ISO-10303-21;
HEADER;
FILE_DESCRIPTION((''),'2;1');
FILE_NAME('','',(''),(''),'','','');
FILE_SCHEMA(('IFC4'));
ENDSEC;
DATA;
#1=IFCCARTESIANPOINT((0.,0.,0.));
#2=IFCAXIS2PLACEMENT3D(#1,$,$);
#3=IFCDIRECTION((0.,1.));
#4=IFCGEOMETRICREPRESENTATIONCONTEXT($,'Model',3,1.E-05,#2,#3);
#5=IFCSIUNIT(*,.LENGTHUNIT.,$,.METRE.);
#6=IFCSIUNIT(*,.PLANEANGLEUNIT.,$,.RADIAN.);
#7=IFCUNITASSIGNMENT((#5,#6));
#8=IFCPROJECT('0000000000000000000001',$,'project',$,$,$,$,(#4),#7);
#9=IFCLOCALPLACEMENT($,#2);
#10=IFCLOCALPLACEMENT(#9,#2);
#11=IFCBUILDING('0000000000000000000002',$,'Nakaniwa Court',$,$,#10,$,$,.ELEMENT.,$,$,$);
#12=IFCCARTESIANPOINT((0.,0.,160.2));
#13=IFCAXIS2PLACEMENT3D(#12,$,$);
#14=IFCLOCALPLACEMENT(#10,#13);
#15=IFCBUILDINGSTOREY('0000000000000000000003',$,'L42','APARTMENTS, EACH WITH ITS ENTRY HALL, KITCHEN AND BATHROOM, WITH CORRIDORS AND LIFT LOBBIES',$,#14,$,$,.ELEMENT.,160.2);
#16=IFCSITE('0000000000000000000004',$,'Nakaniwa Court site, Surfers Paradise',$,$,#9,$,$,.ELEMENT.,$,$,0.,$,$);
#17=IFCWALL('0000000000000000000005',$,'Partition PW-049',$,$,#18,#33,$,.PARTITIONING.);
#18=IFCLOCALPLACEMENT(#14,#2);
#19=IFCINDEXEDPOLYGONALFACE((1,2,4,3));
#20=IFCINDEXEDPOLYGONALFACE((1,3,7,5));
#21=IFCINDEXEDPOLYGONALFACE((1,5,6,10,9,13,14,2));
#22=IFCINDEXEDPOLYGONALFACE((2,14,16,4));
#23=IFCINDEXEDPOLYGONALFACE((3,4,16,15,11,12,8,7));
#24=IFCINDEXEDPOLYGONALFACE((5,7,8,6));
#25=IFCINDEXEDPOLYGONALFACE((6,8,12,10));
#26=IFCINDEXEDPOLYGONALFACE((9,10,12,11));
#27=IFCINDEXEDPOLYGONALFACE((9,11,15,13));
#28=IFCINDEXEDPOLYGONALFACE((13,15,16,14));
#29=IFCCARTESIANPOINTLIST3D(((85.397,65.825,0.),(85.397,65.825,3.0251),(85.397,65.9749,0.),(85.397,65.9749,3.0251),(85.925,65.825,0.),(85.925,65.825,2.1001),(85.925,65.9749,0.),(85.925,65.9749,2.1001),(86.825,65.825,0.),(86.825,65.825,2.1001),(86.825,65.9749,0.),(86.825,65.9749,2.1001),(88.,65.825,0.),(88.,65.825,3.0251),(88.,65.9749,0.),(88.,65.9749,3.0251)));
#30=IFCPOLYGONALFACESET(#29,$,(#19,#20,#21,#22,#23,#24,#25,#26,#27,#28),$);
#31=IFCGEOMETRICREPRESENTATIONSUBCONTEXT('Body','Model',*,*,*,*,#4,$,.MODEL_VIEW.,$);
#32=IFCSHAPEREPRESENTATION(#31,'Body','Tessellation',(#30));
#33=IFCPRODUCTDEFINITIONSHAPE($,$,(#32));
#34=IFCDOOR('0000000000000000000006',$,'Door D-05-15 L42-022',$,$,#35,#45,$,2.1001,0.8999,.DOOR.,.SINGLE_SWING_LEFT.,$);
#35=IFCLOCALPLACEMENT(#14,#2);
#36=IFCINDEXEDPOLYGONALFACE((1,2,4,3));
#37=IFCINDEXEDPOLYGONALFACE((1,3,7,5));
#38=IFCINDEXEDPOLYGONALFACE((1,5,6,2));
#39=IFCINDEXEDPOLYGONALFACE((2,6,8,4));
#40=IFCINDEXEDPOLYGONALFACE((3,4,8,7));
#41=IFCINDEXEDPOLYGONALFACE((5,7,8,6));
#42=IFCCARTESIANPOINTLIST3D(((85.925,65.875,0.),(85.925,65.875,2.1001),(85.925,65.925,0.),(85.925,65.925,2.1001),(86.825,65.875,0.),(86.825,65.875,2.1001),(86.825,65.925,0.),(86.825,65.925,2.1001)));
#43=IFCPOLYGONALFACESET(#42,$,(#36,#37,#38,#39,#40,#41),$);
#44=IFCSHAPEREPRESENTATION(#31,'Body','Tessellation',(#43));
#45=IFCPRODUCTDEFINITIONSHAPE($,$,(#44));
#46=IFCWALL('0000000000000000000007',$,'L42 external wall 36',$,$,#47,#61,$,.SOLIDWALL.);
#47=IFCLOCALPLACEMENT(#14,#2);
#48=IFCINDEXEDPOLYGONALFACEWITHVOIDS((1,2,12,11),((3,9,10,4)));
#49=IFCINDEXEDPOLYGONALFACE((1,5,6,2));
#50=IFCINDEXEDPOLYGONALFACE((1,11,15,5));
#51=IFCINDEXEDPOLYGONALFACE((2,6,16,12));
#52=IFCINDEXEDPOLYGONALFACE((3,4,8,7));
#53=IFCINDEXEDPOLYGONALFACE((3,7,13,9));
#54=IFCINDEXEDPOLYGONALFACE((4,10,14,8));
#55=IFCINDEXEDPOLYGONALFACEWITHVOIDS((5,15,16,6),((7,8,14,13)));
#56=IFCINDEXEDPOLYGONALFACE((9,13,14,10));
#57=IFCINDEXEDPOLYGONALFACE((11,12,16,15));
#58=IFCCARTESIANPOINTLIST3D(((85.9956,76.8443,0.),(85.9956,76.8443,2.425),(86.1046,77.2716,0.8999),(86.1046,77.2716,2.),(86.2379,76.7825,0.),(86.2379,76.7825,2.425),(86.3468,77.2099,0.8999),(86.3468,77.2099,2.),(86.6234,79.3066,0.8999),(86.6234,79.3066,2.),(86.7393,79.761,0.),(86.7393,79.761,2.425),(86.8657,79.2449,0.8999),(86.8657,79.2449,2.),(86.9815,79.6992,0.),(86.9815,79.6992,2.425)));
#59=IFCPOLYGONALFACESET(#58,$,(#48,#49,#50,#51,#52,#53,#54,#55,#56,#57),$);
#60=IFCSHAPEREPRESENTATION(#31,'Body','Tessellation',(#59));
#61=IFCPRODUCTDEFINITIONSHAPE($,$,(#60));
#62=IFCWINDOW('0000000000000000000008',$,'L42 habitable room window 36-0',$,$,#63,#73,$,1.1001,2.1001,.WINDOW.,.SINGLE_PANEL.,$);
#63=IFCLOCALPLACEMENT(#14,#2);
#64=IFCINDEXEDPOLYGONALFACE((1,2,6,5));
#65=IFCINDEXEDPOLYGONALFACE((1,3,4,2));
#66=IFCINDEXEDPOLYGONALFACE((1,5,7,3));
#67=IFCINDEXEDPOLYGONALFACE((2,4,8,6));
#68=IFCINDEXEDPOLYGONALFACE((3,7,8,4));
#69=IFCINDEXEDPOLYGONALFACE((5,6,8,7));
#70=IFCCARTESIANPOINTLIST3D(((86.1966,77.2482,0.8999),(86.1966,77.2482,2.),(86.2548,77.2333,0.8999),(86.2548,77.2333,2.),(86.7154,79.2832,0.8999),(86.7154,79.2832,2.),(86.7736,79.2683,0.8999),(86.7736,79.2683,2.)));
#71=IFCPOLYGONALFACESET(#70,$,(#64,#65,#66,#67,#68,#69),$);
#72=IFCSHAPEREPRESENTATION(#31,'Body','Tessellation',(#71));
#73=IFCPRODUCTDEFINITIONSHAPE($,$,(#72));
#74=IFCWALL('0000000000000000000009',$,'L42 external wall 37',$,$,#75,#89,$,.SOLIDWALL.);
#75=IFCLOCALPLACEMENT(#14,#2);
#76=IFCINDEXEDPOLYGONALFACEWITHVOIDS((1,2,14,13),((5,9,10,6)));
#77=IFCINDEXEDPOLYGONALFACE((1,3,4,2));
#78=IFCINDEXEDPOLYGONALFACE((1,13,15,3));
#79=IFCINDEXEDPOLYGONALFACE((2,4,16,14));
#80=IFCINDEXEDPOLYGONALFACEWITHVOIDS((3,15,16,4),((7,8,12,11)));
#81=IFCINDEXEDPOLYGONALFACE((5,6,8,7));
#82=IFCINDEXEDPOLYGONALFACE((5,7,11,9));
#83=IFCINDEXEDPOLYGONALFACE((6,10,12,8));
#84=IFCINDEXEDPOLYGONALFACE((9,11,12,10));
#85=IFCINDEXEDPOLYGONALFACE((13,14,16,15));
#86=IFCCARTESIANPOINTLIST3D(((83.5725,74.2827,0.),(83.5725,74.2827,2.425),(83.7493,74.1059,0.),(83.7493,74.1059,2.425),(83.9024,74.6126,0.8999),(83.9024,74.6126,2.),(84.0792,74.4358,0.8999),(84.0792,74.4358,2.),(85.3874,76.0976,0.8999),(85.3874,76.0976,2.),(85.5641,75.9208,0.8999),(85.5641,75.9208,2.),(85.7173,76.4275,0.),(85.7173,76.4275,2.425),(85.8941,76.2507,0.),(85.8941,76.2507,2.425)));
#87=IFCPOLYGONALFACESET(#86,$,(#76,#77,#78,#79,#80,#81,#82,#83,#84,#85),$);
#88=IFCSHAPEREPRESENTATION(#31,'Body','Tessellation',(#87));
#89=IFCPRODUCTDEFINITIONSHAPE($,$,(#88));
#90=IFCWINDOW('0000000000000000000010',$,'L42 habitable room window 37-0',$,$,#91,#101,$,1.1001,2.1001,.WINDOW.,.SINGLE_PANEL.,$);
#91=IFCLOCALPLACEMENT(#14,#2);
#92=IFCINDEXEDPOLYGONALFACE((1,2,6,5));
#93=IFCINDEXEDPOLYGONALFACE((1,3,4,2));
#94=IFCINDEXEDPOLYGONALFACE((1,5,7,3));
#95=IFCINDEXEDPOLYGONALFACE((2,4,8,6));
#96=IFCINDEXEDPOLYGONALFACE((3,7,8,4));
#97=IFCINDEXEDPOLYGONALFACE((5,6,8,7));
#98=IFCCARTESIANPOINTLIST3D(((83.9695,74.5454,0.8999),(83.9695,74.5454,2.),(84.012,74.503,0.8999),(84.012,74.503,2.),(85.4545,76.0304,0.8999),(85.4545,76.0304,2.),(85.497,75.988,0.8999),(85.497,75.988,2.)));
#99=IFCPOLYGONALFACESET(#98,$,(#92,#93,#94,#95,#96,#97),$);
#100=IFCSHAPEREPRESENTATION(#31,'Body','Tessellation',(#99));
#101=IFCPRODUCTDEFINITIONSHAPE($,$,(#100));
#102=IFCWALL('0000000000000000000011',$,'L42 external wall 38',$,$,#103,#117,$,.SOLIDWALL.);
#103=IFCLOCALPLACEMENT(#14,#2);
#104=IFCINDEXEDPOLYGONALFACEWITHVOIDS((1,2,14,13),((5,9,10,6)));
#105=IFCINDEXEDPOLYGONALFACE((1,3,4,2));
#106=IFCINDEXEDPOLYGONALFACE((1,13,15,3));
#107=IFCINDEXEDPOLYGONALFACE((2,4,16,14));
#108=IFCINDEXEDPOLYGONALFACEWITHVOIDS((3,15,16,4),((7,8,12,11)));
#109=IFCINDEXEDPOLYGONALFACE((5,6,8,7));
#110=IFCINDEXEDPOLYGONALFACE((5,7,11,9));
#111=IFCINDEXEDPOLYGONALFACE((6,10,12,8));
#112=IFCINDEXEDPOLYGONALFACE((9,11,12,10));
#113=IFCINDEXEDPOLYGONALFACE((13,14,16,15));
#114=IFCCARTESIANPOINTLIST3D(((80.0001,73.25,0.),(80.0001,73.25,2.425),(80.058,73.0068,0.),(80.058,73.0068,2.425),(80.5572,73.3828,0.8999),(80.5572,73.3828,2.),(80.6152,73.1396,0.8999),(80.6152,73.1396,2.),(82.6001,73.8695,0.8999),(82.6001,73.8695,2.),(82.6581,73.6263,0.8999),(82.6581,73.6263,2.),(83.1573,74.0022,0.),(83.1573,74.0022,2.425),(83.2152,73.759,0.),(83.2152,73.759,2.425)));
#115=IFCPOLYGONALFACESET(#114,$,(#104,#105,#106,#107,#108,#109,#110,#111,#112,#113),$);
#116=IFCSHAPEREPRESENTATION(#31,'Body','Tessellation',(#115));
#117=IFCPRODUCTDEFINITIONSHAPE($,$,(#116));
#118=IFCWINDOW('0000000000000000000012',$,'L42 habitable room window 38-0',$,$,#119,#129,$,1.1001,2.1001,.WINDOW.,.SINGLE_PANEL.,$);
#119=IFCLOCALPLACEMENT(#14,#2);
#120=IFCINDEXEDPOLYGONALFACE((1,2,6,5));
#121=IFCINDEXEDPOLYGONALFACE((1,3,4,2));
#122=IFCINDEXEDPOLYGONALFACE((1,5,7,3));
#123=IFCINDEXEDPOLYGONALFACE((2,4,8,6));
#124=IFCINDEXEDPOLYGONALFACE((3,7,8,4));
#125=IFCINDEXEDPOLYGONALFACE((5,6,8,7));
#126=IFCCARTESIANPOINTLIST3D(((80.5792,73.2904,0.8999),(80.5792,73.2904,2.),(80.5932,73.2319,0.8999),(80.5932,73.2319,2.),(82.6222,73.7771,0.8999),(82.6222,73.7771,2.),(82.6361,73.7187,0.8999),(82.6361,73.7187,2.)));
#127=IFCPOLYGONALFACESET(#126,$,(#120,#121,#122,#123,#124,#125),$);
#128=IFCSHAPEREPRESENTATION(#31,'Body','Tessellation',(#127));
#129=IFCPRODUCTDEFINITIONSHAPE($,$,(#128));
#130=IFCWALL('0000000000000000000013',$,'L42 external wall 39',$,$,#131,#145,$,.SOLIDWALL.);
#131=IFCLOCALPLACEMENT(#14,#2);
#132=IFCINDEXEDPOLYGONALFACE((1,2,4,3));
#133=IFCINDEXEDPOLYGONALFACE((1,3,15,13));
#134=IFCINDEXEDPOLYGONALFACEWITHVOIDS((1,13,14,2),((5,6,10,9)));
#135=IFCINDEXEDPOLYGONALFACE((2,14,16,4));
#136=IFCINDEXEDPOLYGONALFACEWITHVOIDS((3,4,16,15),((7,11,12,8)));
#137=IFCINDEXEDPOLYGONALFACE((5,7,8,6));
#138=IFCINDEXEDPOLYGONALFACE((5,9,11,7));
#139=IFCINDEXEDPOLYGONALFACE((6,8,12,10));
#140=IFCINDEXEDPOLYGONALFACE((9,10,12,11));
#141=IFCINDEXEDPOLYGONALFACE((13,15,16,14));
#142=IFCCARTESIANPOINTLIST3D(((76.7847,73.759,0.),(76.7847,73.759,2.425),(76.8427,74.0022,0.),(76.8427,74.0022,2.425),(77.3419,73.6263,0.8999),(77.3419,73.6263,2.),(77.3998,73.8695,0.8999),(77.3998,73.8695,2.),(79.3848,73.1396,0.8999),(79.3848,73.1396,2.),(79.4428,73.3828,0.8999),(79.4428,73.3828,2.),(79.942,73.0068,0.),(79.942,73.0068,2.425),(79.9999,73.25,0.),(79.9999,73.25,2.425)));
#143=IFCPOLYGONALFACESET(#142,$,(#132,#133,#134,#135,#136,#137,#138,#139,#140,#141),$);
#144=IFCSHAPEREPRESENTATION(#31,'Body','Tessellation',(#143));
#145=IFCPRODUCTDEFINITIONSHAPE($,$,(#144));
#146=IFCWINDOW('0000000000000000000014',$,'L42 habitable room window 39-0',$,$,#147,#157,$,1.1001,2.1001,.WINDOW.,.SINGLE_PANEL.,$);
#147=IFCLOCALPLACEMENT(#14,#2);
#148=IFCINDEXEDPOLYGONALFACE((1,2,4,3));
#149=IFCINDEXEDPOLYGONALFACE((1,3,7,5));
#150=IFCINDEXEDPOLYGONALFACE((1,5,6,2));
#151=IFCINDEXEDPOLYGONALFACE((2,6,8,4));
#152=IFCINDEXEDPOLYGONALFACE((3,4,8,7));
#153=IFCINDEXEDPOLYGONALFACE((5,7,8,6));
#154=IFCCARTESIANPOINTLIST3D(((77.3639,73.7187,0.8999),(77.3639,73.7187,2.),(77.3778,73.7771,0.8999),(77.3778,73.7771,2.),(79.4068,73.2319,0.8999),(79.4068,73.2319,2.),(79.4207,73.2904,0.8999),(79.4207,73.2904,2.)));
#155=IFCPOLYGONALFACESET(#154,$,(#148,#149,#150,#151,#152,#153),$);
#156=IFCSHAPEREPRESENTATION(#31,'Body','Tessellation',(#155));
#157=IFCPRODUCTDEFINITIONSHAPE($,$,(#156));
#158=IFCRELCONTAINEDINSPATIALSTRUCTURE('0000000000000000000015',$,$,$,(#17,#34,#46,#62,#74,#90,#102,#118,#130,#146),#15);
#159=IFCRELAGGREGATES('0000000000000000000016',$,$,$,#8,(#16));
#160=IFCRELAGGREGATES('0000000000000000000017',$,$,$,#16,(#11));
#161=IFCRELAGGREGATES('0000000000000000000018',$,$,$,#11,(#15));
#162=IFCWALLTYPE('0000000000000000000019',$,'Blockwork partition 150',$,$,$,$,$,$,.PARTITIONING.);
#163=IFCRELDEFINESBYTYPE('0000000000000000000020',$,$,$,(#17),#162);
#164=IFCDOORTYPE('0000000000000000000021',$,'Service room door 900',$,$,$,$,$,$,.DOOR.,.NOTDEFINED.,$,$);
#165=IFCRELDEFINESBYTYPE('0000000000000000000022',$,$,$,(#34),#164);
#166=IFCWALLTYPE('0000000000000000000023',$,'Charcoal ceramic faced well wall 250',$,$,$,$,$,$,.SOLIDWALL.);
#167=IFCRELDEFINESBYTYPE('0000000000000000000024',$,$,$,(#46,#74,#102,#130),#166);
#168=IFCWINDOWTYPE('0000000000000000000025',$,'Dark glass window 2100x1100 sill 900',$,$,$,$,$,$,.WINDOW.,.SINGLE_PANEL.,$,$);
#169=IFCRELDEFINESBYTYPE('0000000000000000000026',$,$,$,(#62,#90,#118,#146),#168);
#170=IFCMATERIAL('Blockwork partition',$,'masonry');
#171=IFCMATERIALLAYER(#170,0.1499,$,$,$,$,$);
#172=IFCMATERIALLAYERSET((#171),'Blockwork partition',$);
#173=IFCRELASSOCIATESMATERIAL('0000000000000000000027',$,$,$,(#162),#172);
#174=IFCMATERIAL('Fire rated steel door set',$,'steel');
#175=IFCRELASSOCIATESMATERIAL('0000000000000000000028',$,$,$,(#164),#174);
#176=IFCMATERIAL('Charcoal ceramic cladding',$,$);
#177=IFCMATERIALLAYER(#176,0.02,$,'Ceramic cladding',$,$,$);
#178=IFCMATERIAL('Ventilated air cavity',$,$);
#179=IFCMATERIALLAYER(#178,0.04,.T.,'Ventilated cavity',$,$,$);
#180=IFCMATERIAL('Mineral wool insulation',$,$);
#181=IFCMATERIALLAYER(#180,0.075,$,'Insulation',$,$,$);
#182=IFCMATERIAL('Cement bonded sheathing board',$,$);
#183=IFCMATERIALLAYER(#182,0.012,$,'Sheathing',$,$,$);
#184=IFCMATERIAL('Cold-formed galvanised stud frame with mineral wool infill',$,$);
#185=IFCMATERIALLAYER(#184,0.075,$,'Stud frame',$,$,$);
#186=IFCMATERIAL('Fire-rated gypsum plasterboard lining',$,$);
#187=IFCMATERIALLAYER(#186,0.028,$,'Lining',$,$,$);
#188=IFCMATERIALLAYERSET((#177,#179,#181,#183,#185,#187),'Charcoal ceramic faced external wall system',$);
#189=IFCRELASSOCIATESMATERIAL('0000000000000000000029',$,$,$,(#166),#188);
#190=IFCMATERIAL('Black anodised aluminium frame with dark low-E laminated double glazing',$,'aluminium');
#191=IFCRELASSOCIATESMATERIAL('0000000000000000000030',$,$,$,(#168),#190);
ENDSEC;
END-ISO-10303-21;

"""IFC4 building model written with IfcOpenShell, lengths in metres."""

from ifc_helpers import new_model, si_unit, direction, frame, frame_2d, origin, place, context, subcontext, project, spatial, rectangle, extrude, material, layer, layer_set, type_object, element, fill, save


model = new_model("IFC4")

# Units and contexts
model_context = context("Model", 3, precision=1e-05, world=origin(), true_north=direction((0.0, 1.0)))
body_context = subcontext(model_context, "Body", "Model", "MODEL_VIEW")
ifc_project = project(units=[si_unit("LENGTHUNIT", "METRE"), si_unit("PLANEANGLEUNIT", "RADIAN")], contexts=[model_context])

# Site, building, storey
site_placement = place(None, origin())
site = spatial("IfcSite", under=ifc_project, at=site_placement, Name="Nakaniwa Court site, Surfers Paradise", CompositionType="ELEMENT", RefElevation=0.0)
building_placement = place(site_placement, origin())
building = spatial("IfcBuilding", under=site, at=building_placement, Name="Nakaniwa Court", CompositionType="ELEMENT")
storey_placement = place(building_placement, frame((0.0, 0.0, 160.2)))
storey = spatial("IfcBuildingStorey", under=building, at=storey_placement, Name="L42", Description="APARTMENTS, EACH WITH ITS ENTRY HALL, KITCHEN AND BATHROOM, WITH CORRIDORS AND LIFT LOBBIES", CompositionType="ELEMENT", Elevation=160.2)

# Shared definitions
ifc_material_1 = material(Name="Blockwork partition", Category="masonry")
ifc_layer_1 = layer(ifc_material_1, 0.1499)
ifc_layer_set_1 = layer_set([ifc_layer_1], Name="Blockwork partition")
wall_type_1 = type_object("IfcWallType", Name="Blockwork partition 150", PredefinedType="PARTITIONING", material=ifc_layer_set_1)

# Wall, opening, door
wall_1_placement = place(storey_placement, frame((88.0, 65.8999, 0.0), z_axis=(0.0, 0.0, 1.0), x_axis=(-1.0, 0.0, 0.0)))
wall_1 = element("IfcWall", 1, at=wall_1_placement, inside=storey, type_object=wall_type_1, Name="Partition PW-049", PredefinedType="PARTITIONING", context=body_context, shape_type="SweptSolid", body=[
    extrude(rectangle(XDim=2.603, YDim=0.1499, at=frame_2d((1.3015, 0.0))), origin(), (0.0, 0.0, 1.0), 3.0251),
])
opening_1_placement = place(wall_1_placement, frame((1.175, 0.0, 0.0)))
opening_1 = element("IfcOpeningElement", 2, at=opening_1_placement, cuts=wall_1, PredefinedType="OPENING", context=body_context, shape_type="SweptSolid", body=[
    extrude(rectangle(XDim=0.8999, YDim=2.1001, at=frame_2d((0.45, 1.05))), frame((0.0, 0.085, 0.0), z_axis=(0.0, -1.0, 0.0), x_axis=(1.0, 0.0, 0.0)), (0.0, 0.0, 1.0), 0.1699),
])
ifc_material_2 = material(Name="Fire rated steel door set", Category="steel")
door_type_1 = type_object("IfcDoorType", Name="Service room door 900", OperationType="NOTDEFINED", PredefinedType="DOOR", material=ifc_material_2)
door_1_placement = place(opening_1_placement, origin())
door_1 = element("IfcDoor", 3, at=door_1_placement, inside=storey, type_object=door_type_1, Name="Door D-05-15 L42-022", OperationType="SINGLE_SWING_LEFT", OverallHeight=2.1001, OverallWidth=0.8999, PredefinedType="DOOR", context=body_context, shape_type="SweptSolid", body=[
    extrude(rectangle(XDim=0.8999, YDim=2.1001, at=frame_2d((0.45, 1.05))), frame((0.0, 0.0249, 0.0), z_axis=(0.0, -1.0, 0.0), x_axis=(1.0, 0.0, 0.0)), (0.0, 0.0, 1.0), 0.05),
])
fill(opening_1, door_1)

# Walls, openings, windows
ifc_material_3 = material(Name="Charcoal ceramic cladding")
ifc_layer_2 = layer(ifc_material_3, 0.02, Name="Ceramic cladding")
ifc_material_4 = material(Name="Ventilated air cavity")
ifc_layer_3 = layer(ifc_material_4, 0.04, ventilated=True, Name="Ventilated cavity")
ifc_material_5 = material(Name="Mineral wool insulation")
ifc_layer_4 = layer(ifc_material_5, 0.075, Name="Insulation")
ifc_material_6 = material(Name="Cement bonded sheathing board")
ifc_layer_5 = layer(ifc_material_6, 0.012, Name="Sheathing")
ifc_material_7 = material(Name="Cold-formed galvanised stud frame with mineral wool infill")
ifc_layer_6 = layer(ifc_material_7, 0.075, Name="Stud frame")
ifc_material_8 = material(Name="Fire-rated gypsum plasterboard lining")
ifc_layer_7 = layer(ifc_material_8, 0.028, Name="Lining")
ifc_layer_set_2 = layer_set([ifc_layer_2, ifc_layer_3, ifc_layer_4, ifc_layer_5, ifc_layer_6, ifc_layer_7], Name="Charcoal ceramic faced external wall system")
wall_type_2 = type_object("IfcWallType", Name="Charcoal ceramic faced well wall 250", PredefinedType="SOLIDWALL", material=ifc_layer_set_2)
wall_2_placement = place(storey_placement, frame((86.8604, 79.73, 0.0), z_axis=(0.0, 0.0, 1.0), x_axis=(-0.247056, -0.969001, 0.0)))
wall_2 = element("IfcWall", 4, at=wall_2_placement, inside=storey, type_object=wall_type_2, Name="L42 external wall 36", PredefinedType="SOLIDWALL", context=body_context, shape_type="SweptSolid", body=[
    extrude(rectangle(XDim=3.01, YDim=0.25, at=frame_2d((1.5049, 0.0))), origin(), (0.0, 0.0, 1.0), 2.425),
])
opening_2_placement = place(wall_2_placement, frame((0.4688, 0.0, 0.8999)))
opening_2 = element("IfcOpeningElement", 5, at=opening_2_placement, cuts=wall_2, PredefinedType="OPENING", context=body_context, shape_type="SweptSolid", body=[
    extrude(rectangle(XDim=2.1001, YDim=1.1001, at=frame_2d((1.05, 0.55))), frame((0.0, 0.135, 0.0), z_axis=(0.0, -1.0, 0.0), x_axis=(1.0, 0.0, 0.0)), (0.0, 0.0, 1.0), 0.27),
])
ifc_material_9 = material(Name="Black anodised aluminium frame with dark low-E laminated double glazing", Category="aluminium")
window_type = type_object("IfcWindowType", Name="Dark glass window 2100x1100 sill 900", PartitioningType="SINGLE_PANEL", PredefinedType="WINDOW", material=ifc_material_9)
window_1_placement = place(opening_2_placement, origin())
window_1 = element("IfcWindow", 6, at=window_1_placement, inside=storey, type_object=window_type, Name="L42 habitable room window 36-0", OverallHeight=1.1001, OverallWidth=2.1001, PartitioningType="SINGLE_PANEL", PredefinedType="WINDOW", context=body_context, shape_type="SweptSolid", body=[
    extrude(rectangle(XDim=2.1001, YDim=1.1001, at=frame_2d((1.05, 0.55))), frame((0.0, 0.03, 0.0), z_axis=(0.0, -1.0, 0.0), x_axis=(1.0, 0.0, 0.0)), (0.0, 0.0, 1.0), 0.0601),
])
fill(opening_2, window_1)
wall_3_placement = place(storey_placement, frame((85.8057, 76.3391, 0.0), z_axis=(0.0, 0.0, 1.0), x_axis=(-0.707107, -0.707107, 0.0)))
wall_3 = element("IfcWall", 7, at=wall_3_placement, inside=storey, type_object=wall_type_2, Name="L42 external wall 37", PredefinedType="SOLIDWALL", context=body_context, shape_type="SweptSolid", body=[
    extrude(rectangle(XDim=3.0332, YDim=0.25, at=frame_2d((1.5166, 0.0))), origin(), (0.0, 0.0, 1.0), 2.425),
])
opening_3_placement = place(wall_3_placement, frame((0.4666, 0.0, 0.8999)))
opening_3 = element("IfcOpeningElement", 8, at=opening_3_placement, cuts=wall_3, PredefinedType="OPENING", context=body_context, shape_type="SweptSolid", body=[
    extrude(rectangle(XDim=2.1001, YDim=1.1001, at=frame_2d((1.05, 0.55))), frame((0.0, 0.135, 0.0), z_axis=(0.0, -1.0, 0.0), x_axis=(1.0, 0.0, 0.0)), (0.0, 0.0, 1.0), 0.27),
])
window_2_placement = place(opening_3_placement, origin())
window_2 = element("IfcWindow", 9, at=window_2_placement, inside=storey, type_object=window_type, Name="L42 habitable room window 37-0", OverallHeight=1.1001, OverallWidth=2.1001, PartitioningType="SINGLE_PANEL", PredefinedType="WINDOW", context=body_context, shape_type="SweptSolid", body=[
    extrude(rectangle(XDim=2.1001, YDim=1.1001, at=frame_2d((1.05, 0.55))), frame((0.0, 0.03, 0.0), z_axis=(0.0, -1.0, 0.0), x_axis=(1.0, 0.0, 0.0)), (0.0, 0.0, 1.0), 0.0601),
])
fill(opening_3, window_2)
wall_4_placement = place(storey_placement, frame((83.1863, 73.8806, 0.0), z_axis=(0.0, 0.0, 1.0), x_axis=(-0.972773, -0.23176, 0.0)))
wall_4 = element("IfcWall", 10, at=wall_4_placement, inside=storey, type_object=wall_type_2, Name="L42 external wall 38", PredefinedType="SOLIDWALL", context=body_context, shape_type="SweptSolid", body=[
    extrude(rectangle(XDim=3.2456, YDim=0.25, at=frame_2d((1.6228, 0.0))), origin(), (0.0, 0.0, 1.0), 2.425),
])
opening_4_placement = place(wall_4_placement, frame((0.5728, 0.0, 0.8999)))
opening_4 = element("IfcOpeningElement", 11, at=opening_4_placement, cuts=wall_4, PredefinedType="OPENING", context=body_context, shape_type="SweptSolid", body=[
    extrude(rectangle(XDim=2.1001, YDim=1.1001, at=frame_2d((1.05, 0.55))), frame((0.0, 0.135, 0.0), z_axis=(0.0, -1.0, 0.0), x_axis=(1.0, 0.0, 0.0)), (0.0, 0.0, 1.0), 0.27),
])
window_3_placement = place(opening_4_placement, origin())
window_3 = element("IfcWindow", 12, at=window_3_placement, inside=storey, type_object=window_type, Name="L42 habitable room window 38-0", OverallHeight=1.1001, OverallWidth=2.1001, PartitioningType="SINGLE_PANEL", PredefinedType="WINDOW", context=body_context, shape_type="SweptSolid", body=[
    extrude(rectangle(XDim=2.1001, YDim=1.1001, at=frame_2d((1.05, 0.55))), frame((0.0, 0.03, 0.0), z_axis=(0.0, -1.0, 0.0), x_axis=(1.0, 0.0, 0.0)), (0.0, 0.0, 1.0), 0.0601),
])
fill(opening_4, window_3)
wall_5_placement = place(storey_placement, frame((79.9709, 73.1284, 0.0), z_axis=(0.0, 0.0, 1.0), x_axis=(-0.972773, 0.23176, 0.0)))
wall_5 = element("IfcWall", 13, at=wall_5_placement, inside=storey, type_object=wall_type_2, Name="L42 external wall 39", PredefinedType="SOLIDWALL", context=body_context, shape_type="SweptSolid", body=[
    extrude(rectangle(XDim=3.2456, YDim=0.25, at=frame_2d((1.6228, 0.0))), origin(), (0.0, 0.0, 1.0), 2.425),
])
opening_5_placement = place(wall_5_placement, frame((0.5728, 0.0, 0.8999)))
opening_5 = element("IfcOpeningElement", 14, at=opening_5_placement, cuts=wall_5, PredefinedType="OPENING", context=body_context, shape_type="SweptSolid", body=[
    extrude(rectangle(XDim=2.1001, YDim=1.1001, at=frame_2d((1.05, 0.55))), frame((0.0, 0.135, 0.0), z_axis=(0.0, -1.0, 0.0), x_axis=(1.0, 0.0, 0.0)), (0.0, 0.0, 1.0), 0.27),
])
window_4_placement = place(opening_5_placement, origin())
window_4 = element("IfcWindow", 15, at=window_4_placement, inside=storey, type_object=window_type, Name="L42 habitable room window 39-0", OverallHeight=1.1001, OverallWidth=2.1001, PartitioningType="SINGLE_PANEL", PredefinedType="WINDOW", context=body_context, shape_type="SweptSolid", body=[
    extrude(rectangle(XDim=2.1001, YDim=1.1001, at=frame_2d((1.05, 0.55))), frame((0.0, 0.03, 0.0), z_axis=(0.0, -1.0, 0.0), x_axis=(1.0, 0.0, 0.0)), (0.0, 0.0, 1.0), 0.0601),
])
fill(opening_5, window_4)

save(model, "model.ifc")
